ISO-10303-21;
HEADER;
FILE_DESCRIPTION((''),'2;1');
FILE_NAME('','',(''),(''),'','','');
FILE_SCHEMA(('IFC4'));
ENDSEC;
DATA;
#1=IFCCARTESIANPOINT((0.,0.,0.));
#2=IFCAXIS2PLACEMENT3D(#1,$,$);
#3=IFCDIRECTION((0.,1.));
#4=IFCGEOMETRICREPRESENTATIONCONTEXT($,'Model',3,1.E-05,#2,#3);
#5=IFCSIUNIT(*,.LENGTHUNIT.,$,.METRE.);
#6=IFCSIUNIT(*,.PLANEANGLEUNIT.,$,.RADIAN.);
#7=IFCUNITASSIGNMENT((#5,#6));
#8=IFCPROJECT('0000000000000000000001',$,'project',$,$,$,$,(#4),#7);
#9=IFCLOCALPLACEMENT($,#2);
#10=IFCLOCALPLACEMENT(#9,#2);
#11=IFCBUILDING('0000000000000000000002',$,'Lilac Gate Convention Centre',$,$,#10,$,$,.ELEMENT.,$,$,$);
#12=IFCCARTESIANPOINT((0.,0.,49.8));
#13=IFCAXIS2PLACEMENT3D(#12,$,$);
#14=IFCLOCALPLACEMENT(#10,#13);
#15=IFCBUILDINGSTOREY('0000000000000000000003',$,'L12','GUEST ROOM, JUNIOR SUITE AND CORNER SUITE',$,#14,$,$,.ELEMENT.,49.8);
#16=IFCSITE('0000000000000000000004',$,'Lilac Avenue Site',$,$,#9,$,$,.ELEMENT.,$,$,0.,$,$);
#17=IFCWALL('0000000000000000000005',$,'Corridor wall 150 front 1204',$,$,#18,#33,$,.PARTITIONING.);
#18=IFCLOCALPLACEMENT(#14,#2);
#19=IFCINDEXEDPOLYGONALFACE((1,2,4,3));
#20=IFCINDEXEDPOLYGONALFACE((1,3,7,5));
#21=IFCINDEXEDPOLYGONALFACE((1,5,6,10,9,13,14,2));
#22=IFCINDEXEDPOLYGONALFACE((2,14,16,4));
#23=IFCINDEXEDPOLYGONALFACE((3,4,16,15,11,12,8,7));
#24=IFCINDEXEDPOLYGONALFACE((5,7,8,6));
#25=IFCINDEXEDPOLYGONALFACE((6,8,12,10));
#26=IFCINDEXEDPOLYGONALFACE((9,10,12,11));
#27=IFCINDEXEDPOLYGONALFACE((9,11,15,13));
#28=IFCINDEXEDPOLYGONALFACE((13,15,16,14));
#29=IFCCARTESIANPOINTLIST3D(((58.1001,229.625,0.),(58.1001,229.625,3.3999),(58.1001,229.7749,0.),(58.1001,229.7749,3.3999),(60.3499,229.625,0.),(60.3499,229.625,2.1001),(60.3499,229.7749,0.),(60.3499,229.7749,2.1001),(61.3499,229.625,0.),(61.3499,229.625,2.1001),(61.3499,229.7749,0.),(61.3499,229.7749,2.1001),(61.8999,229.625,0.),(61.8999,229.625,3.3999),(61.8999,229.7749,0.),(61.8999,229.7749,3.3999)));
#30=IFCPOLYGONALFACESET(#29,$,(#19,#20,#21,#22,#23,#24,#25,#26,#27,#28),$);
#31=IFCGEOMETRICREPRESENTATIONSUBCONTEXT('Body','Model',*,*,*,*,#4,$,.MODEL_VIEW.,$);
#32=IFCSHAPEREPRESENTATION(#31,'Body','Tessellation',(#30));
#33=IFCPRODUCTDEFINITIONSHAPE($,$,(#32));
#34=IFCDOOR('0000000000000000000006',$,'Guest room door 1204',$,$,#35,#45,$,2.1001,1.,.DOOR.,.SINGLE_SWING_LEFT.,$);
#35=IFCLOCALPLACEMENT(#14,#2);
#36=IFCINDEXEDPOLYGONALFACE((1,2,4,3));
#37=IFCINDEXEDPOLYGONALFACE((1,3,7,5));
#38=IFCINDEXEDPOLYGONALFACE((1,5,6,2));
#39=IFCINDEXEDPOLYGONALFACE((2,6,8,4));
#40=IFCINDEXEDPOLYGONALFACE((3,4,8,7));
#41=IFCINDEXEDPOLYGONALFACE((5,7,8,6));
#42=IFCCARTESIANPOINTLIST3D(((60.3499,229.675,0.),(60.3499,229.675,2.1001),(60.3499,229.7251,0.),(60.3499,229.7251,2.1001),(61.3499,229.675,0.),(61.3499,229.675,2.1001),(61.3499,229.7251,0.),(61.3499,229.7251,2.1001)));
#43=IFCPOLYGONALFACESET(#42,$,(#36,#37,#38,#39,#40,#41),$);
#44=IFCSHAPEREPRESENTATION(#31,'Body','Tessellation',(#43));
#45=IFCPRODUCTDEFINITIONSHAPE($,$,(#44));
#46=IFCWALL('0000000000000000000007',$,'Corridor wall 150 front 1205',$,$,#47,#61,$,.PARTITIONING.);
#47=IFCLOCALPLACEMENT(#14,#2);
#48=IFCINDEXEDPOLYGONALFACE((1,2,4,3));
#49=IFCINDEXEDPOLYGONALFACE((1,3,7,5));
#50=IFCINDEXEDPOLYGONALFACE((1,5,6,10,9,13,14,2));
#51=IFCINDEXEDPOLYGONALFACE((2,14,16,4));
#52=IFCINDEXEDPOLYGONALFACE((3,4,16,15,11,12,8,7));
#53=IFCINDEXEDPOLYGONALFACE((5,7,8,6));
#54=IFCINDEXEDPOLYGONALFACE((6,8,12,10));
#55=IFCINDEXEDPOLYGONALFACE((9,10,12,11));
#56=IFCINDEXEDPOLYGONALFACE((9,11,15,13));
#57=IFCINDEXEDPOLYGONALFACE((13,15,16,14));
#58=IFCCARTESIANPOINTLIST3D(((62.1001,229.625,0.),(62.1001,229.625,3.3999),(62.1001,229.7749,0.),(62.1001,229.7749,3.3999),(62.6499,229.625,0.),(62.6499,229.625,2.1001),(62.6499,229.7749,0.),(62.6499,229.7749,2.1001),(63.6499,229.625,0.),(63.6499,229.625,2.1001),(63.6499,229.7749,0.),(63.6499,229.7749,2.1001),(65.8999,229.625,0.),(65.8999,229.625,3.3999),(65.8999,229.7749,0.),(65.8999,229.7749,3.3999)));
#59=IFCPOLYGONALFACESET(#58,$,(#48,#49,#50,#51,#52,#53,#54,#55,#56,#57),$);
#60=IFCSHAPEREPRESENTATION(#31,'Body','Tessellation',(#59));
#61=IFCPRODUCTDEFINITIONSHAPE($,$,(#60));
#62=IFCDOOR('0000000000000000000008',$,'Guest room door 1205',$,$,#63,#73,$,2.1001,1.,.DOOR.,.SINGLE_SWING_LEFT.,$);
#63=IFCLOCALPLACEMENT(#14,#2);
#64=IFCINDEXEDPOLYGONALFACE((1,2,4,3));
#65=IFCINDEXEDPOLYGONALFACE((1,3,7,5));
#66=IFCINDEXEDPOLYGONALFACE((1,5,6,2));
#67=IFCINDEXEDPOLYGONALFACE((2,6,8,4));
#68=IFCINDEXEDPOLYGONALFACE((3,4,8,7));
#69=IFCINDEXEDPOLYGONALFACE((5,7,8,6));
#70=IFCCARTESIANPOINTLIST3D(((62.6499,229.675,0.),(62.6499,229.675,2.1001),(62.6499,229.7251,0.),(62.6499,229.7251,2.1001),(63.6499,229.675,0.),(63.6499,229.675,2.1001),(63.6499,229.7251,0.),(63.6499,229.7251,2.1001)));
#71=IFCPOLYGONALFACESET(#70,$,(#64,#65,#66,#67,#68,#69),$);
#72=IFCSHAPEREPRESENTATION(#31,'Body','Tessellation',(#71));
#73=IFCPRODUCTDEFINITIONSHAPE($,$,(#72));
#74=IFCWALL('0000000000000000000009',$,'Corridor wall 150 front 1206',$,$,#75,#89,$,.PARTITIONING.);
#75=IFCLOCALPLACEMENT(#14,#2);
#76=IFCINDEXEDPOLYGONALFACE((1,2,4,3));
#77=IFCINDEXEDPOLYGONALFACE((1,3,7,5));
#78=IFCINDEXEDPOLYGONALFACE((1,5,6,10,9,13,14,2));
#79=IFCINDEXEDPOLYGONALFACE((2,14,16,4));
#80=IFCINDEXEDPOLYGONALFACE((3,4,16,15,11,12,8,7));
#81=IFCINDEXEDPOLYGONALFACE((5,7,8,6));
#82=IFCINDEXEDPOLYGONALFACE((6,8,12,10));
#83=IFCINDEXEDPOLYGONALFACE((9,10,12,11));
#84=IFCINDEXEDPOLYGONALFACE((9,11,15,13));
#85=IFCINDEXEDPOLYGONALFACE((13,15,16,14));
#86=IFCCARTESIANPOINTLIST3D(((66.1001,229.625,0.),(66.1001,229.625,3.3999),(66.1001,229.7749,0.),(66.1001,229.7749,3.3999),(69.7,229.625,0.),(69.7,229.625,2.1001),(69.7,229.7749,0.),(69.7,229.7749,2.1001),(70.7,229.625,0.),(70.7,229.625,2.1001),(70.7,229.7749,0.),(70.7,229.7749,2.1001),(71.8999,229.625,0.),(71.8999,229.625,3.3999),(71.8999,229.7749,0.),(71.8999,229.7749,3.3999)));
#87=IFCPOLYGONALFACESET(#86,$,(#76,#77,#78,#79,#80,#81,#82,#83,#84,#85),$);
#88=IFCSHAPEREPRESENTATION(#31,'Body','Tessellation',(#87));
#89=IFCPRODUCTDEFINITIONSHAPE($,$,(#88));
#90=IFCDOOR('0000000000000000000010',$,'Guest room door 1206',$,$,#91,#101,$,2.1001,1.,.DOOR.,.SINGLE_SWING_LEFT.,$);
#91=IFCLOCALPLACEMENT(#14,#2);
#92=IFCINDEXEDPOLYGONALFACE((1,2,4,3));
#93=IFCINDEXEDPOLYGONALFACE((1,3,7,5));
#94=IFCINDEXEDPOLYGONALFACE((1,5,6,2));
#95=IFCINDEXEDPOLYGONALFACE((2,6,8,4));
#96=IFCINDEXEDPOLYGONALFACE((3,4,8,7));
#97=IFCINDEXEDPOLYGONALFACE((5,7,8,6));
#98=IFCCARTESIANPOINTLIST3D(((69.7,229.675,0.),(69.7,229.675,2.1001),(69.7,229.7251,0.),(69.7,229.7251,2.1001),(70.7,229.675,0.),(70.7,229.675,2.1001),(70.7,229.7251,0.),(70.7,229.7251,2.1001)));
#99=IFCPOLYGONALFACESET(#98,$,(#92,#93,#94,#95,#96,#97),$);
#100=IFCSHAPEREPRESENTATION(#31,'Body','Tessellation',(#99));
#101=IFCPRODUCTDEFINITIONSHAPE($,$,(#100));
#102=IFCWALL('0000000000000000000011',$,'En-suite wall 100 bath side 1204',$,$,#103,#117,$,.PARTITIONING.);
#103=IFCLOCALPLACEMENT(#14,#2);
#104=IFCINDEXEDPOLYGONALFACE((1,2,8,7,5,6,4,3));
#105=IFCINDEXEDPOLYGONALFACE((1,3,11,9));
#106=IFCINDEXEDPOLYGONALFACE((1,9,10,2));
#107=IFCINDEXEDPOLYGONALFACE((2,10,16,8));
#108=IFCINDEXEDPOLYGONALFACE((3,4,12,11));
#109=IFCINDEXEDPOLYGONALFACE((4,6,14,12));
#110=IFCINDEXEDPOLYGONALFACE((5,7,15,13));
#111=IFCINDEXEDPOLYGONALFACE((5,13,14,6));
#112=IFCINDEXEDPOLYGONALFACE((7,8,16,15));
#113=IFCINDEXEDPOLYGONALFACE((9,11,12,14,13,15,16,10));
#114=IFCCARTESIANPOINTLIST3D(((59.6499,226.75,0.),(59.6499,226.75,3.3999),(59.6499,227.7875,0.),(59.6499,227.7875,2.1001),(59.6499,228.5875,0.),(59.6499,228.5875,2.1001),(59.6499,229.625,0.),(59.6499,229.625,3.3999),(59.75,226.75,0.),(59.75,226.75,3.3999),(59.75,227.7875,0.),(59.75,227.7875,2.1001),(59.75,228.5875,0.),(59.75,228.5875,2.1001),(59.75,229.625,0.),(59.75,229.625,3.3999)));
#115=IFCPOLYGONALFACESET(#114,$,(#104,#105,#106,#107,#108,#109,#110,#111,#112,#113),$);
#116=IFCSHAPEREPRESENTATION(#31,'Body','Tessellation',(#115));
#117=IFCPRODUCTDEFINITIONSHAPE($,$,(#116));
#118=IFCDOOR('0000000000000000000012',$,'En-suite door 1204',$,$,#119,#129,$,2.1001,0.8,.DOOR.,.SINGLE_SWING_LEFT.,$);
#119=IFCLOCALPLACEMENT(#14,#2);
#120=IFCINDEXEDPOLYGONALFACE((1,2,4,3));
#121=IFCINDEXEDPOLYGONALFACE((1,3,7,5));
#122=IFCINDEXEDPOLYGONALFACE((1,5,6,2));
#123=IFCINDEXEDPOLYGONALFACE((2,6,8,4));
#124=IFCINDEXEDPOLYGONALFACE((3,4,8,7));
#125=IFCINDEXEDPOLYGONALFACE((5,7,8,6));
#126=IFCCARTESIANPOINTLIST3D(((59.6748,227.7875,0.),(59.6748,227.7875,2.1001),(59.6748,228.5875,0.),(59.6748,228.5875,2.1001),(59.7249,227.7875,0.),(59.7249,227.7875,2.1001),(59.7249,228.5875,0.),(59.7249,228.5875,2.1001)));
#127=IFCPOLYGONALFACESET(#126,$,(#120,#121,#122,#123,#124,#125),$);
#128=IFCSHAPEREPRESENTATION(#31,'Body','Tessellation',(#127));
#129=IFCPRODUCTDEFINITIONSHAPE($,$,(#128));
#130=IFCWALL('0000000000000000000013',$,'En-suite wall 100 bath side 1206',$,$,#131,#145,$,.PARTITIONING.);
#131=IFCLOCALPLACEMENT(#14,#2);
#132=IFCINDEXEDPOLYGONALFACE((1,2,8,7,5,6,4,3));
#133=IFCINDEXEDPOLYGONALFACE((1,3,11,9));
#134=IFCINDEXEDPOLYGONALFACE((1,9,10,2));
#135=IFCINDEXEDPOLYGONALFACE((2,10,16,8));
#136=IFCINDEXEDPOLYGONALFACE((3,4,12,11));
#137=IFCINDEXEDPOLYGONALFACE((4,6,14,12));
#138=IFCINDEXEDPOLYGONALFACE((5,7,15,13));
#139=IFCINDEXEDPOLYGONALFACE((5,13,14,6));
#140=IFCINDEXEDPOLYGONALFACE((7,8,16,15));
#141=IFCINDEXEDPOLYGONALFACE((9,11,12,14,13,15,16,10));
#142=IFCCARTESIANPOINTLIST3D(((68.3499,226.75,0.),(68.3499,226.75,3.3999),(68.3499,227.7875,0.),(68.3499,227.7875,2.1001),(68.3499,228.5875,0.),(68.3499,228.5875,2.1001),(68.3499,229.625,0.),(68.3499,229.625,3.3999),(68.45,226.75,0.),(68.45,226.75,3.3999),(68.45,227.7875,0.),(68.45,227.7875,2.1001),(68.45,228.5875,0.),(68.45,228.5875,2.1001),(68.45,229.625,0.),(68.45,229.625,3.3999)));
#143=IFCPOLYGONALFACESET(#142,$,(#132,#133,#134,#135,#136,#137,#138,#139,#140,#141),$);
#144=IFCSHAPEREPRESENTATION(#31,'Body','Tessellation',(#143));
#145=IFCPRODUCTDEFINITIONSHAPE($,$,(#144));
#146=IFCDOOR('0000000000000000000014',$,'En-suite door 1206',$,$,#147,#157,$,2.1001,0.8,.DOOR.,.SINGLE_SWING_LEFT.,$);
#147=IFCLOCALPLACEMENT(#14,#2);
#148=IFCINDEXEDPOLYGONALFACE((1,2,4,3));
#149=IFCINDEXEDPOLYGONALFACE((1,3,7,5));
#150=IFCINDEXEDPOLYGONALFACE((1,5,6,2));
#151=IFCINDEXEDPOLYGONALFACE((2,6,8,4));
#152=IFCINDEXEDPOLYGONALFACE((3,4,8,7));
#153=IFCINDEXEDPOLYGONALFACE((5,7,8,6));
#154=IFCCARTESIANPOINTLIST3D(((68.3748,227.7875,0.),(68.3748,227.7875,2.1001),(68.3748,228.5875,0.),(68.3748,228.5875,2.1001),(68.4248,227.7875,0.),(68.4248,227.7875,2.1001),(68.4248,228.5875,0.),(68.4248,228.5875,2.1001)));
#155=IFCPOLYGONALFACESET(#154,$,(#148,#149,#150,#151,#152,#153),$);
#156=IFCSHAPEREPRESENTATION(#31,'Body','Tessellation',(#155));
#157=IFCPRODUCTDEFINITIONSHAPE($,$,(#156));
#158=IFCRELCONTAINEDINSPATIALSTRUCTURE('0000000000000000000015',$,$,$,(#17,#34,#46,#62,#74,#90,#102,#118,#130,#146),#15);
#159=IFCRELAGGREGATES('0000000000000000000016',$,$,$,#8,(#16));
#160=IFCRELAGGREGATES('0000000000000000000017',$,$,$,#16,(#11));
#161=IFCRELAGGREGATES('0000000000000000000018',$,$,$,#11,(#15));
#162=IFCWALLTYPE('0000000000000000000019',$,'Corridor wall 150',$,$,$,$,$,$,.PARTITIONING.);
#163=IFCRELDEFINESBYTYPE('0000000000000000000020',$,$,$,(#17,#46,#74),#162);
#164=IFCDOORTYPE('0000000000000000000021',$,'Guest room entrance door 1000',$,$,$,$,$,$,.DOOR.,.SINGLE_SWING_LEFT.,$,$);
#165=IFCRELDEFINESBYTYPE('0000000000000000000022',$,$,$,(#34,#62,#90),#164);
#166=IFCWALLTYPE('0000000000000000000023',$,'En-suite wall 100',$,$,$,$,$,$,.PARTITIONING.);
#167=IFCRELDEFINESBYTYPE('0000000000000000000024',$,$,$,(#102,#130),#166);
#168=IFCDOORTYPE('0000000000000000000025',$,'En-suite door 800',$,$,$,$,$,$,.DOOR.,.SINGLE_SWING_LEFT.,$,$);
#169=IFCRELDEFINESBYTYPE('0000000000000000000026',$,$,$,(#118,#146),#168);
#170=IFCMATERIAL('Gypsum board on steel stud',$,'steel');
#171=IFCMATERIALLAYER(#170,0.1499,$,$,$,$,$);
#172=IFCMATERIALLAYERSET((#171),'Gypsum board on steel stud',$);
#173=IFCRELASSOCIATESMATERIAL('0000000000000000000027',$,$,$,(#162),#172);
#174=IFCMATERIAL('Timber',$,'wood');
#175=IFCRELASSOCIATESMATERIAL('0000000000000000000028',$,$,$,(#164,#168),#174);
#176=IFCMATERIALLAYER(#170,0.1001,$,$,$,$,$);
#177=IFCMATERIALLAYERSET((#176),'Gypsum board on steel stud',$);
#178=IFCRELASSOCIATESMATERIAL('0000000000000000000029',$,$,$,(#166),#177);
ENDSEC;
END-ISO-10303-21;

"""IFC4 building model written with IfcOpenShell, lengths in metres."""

from ifc_helpers import new_model, si_unit, direction, frame, frame_2d, origin, place, context, subcontext, project, spatial, rectangle, extrude, material, layer, layer_set, type_object, element, fill, save


model = new_model("IFC4")

# Units and contexts
model_context = context("Model", 3, precision=1e-05, world=origin(), true_north=direction((0.0, 1.0)))
body_context = subcontext(model_context, "Body", "Model", "MODEL_VIEW")
ifc_project = project(units=[si_unit("LENGTHUNIT", "METRE"), si_unit("PLANEANGLEUNIT", "RADIAN")], contexts=[model_context])

# Site, building, storey
site_placement = place(None, origin())
site = spatial("IfcSite", under=ifc_project, at=site_placement, Name="Lilac Avenue Site", CompositionType="ELEMENT", RefElevation=0.0)
building_placement = place(site_placement, origin())
building = spatial("IfcBuilding", under=site, at=building_placement, Name="Lilac Gate Convention Centre", CompositionType="ELEMENT")
storey_placement = place(building_placement, frame((0.0, 0.0, 49.8)))
storey = spatial("IfcBuildingStorey", under=building, at=storey_placement, Name="L12", Description="GUEST ROOM, JUNIOR SUITE AND CORNER SUITE", CompositionType="ELEMENT", Elevation=49.8)

# Walls, openings, doors
ifc_material_1 = material(Name="Gypsum board on steel stud", Category="steel")
ifc_layer_1 = layer(ifc_material_1, 0.1499)
ifc_layer_set_1 = layer_set([ifc_layer_1], Name="Gypsum board on steel stud")
wall_type_1 = type_object("IfcWallType", Name="Corridor wall 150", PredefinedType="PARTITIONING", material=ifc_layer_set_1)
ifc_material_2 = material(Name="Timber", Category="wood")
door_type_1 = type_object("IfcDoorType", Name="Guest room entrance door 1000", OperationType="SINGLE_SWING_LEFT", PredefinedType="DOOR", material=ifc_material_2)
wall_1_placement = place(storey_placement, frame((61.8999, 229.7, 0.0), z_axis=(0.0, 0.0, 1.0), x_axis=(-1.0, 0.0, 0.0)))
wall_1 = element("IfcWall", 1, at=wall_1_placement, inside=storey, type_object=wall_type_1, Name="Corridor wall 150 front 1204", PredefinedType="PARTITIONING", context=body_context, shape_type="SweptSolid", body=[
    extrude(rectangle(XDim=3.7998, YDim=0.1499, at=frame_2d((1.8999, 0.0))), origin(), (0.0, 0.0, 1.0), 3.3999),
])
opening_1_placement = place(wall_1_placement, frame((0.55, 0.0, 0.0)))
opening_1 = element("IfcOpeningElement", 2, at=opening_1_placement, cuts=wall_1, PredefinedType="OPENING", context=body_context, shape_type="SweptSolid", body=[
    extrude(rectangle(XDim=1.0, YDim=2.1001, at=frame_2d((0.5, 1.05))), frame((0.0, 0.085, 0.0), z_axis=(0.0, -1.0, 0.0), x_axis=(1.0, 0.0, 0.0)), (0.0, 0.0, 1.0), 0.1699),
])
door_1_placement = place(opening_1_placement, origin())
door_1 = element("IfcDoor", 3, at=door_1_placement, inside=storey, type_object=door_type_1, Name="Guest room door 1204", OperationType="SINGLE_SWING_LEFT", OverallHeight=2.1001, OverallWidth=1.0, PredefinedType="DOOR", context=body_context, shape_type="SweptSolid", body=[
    extrude(rectangle(XDim=1.0, YDim=2.1001, at=frame_2d((0.5, 1.05))), frame((0.0, 0.0249, 0.0), z_axis=(0.0, -1.0, 0.0), x_axis=(1.0, 0.0, 0.0)), (0.0, 0.0, 1.0), 0.05),
])
fill(opening_1, door_1)
wall_2_placement = place(storey_placement, frame((65.8999, 229.7, 0.0), z_axis=(0.0, 0.0, 1.0), x_axis=(-1.0, 0.0, 0.0)))
wall_2 = element("IfcWall", 4, at=wall_2_placement, inside=storey, type_object=wall_type_1, Name="Corridor wall 150 front 1205", PredefinedType="PARTITIONING", context=body_context, shape_type="SweptSolid", body=[
    extrude(rectangle(XDim=3.7998, YDim=0.1499, at=frame_2d((1.8999, 0.0))), origin(), (0.0, 0.0, 1.0), 3.3999),
])
opening_2_placement = place(wall_2_placement, frame((2.25, 0.0, 0.0)))
opening_2 = element("IfcOpeningElement", 5, at=opening_2_placement, cuts=wall_2, PredefinedType="OPENING", context=body_context, shape_type="SweptSolid", body=[
    extrude(rectangle(XDim=1.0, YDim=2.1001, at=frame_2d((0.5, 1.05))), frame((0.0, 0.085, 0.0), z_axis=(0.0, -1.0, 0.0), x_axis=(1.0, 0.0, 0.0)), (0.0, 0.0, 1.0), 0.1699),
])
door_2_placement = place(opening_2_placement, origin())
door_2 = element("IfcDoor", 6, at=door_2_placement, inside=storey, type_object=door_type_1, Name="Guest room door 1205", OperationType="SINGLE_SWING_LEFT", OverallHeight=2.1001, OverallWidth=1.0, PredefinedType="DOOR", context=body_context, shape_type="SweptSolid", body=[
    extrude(rectangle(XDim=1.0, YDim=2.1001, at=frame_2d((0.5, 1.05))), frame((0.0, 0.0249, 0.0), z_axis=(0.0, -1.0, 0.0), x_axis=(1.0, 0.0, 0.0)), (0.0, 0.0, 1.0), 0.05),
])
fill(opening_2, door_2)
wall_3_placement = place(storey_placement, frame((71.8999, 229.7, 0.0), z_axis=(0.0, 0.0, 1.0), x_axis=(-1.0, 0.0, 0.0)))
wall_3 = element("IfcWall", 7, at=wall_3_placement, inside=storey, type_object=wall_type_1, Name="Corridor wall 150 front 1206", PredefinedType="PARTITIONING", context=body_context, shape_type="SweptSolid", body=[
    extrude(rectangle(XDim=5.7998, YDim=0.1499, at=frame_2d((2.8999, 0.0))), origin(), (0.0, 0.0, 1.0), 3.3999),
])
opening_3_placement = place(wall_3_placement, frame((1.2, 0.0, 0.0)))
opening_3 = element("IfcOpeningElement", 8, at=opening_3_placement, cuts=wall_3, PredefinedType="OPENING", context=body_context, shape_type="SweptSolid", body=[
    extrude(rectangle(XDim=1.0, YDim=2.1001, at=frame_2d((0.5, 1.05))), frame((0.0, 0.085, 0.0), z_axis=(0.0, -1.0, 0.0), x_axis=(1.0, 0.0, 0.0)), (0.0, 0.0, 1.0), 0.1699),
])
door_3_placement = place(opening_3_placement, origin())
door_3 = element("IfcDoor", 9, at=door_3_placement, inside=storey, type_object=door_type_1, Name="Guest room door 1206", OperationType="SINGLE_SWING_LEFT", OverallHeight=2.1001, OverallWidth=1.0, PredefinedType="DOOR", context=body_context, shape_type="SweptSolid", body=[
    extrude(rectangle(XDim=1.0, YDim=2.1001, at=frame_2d((0.5, 1.05))), frame((0.0, 0.0249, 0.0), z_axis=(0.0, -1.0, 0.0), x_axis=(1.0, 0.0, 0.0)), (0.0, 0.0, 1.0), 0.05),
])
fill(opening_3, door_3)
ifc_layer_2 = layer(ifc_material_1, 0.1001)
ifc_layer_set_2 = layer_set([ifc_layer_2], Name="Gypsum board on steel stud")
wall_type_2 = type_object("IfcWallType", Name="En-suite wall 100", PredefinedType="PARTITIONING", material=ifc_layer_set_2)
wall_4_placement = place(storey_placement, frame((59.7, 229.625, 0.0), z_axis=(0.0, 0.0, 1.0), x_axis=(0.0, -1.0, 0.0)))
wall_4 = element("IfcWall", 10, at=wall_4_placement, inside=storey, type_object=wall_type_2, Name="En-suite wall 100 bath side 1204", PredefinedType="PARTITIONING", context=body_context, shape_type="SweptSolid", body=[
    extrude(rectangle(XDim=2.875, YDim=0.1001, at=frame_2d((1.4375, 0.0))), origin(), (0.0, 0.0, 1.0), 3.3999),
])
opening_4_placement = place(wall_4_placement, frame((1.0376, 0.0, 0.0)))
opening_4 = element("IfcOpeningElement", 11, at=opening_4_placement, cuts=wall_4, PredefinedType="OPENING", context=body_context, shape_type="SweptSolid", body=[
    extrude(rectangle(XDim=0.8, YDim=2.1001, at=frame_2d((0.3999, 1.05))), frame((0.0, 0.0601, 0.0), z_axis=(0.0, -1.0, 0.0), x_axis=(1.0, 0.0, 0.0)), (0.0, 0.0, 1.0), 0.1201),
])
door_type_2 = type_object("IfcDoorType", Name="En-suite door 800", OperationType="SINGLE_SWING_LEFT", PredefinedType="DOOR", material=ifc_material_2)
door_4_placement = place(opening_4_placement, origin())
door_4 = element("IfcDoor", 12, at=door_4_placement, inside=storey, type_object=door_type_2, Name="En-suite door 1204", OperationType="SINGLE_SWING_LEFT", OverallHeight=2.1001, OverallWidth=0.8, PredefinedType="DOOR", context=body_context, shape_type="SweptSolid", body=[
    extrude(rectangle(XDim=0.8, YDim=2.1001, at=frame_2d((0.3999, 1.05))), frame((0.0, 0.0249, 0.0), z_axis=(0.0, -1.0, 0.0), x_axis=(1.0, 0.0, 0.0)), (0.0, 0.0, 1.0), 0.05),
])
fill(opening_4, door_4)
wall_5_placement = place(storey_placement, frame((68.3999, 229.625, 0.0), z_axis=(0.0, 0.0, 1.0), x_axis=(0.0, -1.0, 0.0)))
wall_5 = element("IfcWall", 13, at=wall_5_placement, inside=storey, type_object=wall_type_2, Name="En-suite wall 100 bath side 1206", PredefinedType="PARTITIONING", context=body_context, shape_type="SweptSolid", body=[
    extrude(rectangle(XDim=2.875, YDim=0.1001, at=frame_2d((1.4375, 0.0))), origin(), (0.0, 0.0, 1.0), 3.3999),
])
opening_5_placement = place(wall_5_placement, frame((1.0376, 0.0, 0.0)))
opening_5 = element("IfcOpeningElement", 14, at=opening_5_placement, cuts=wall_5, PredefinedType="OPENING", context=body_context, shape_type="SweptSolid", body=[
    extrude(rectangle(XDim=0.8, YDim=2.1001, at=frame_2d((0.3999, 1.05))), frame((0.0, 0.0601, 0.0), z_axis=(0.0, -1.0, 0.0), x_axis=(1.0, 0.0, 0.0)), (0.0, 0.0, 1.0), 0.1201),
])
door_5_placement = place(opening_5_placement, origin())
door_5 = element("IfcDoor", 15, at=door_5_placement, inside=storey, type_object=door_type_2, Name="En-suite door 1206", OperationType="SINGLE_SWING_LEFT", OverallHeight=2.1001, OverallWidth=0.8, PredefinedType="DOOR", context=body_context, shape_type="SweptSolid", body=[
    extrude(rectangle(XDim=0.8, YDim=2.1001, at=frame_2d((0.3999, 1.05))), frame((0.0, 0.0249, 0.0), z_axis=(0.0, -1.0, 0.0), x_axis=(1.0, 0.0, 0.0)), (0.0, 0.0, 1.0), 0.05),
])
fill(opening_5, door_5)

save(model, "model.ifc")
